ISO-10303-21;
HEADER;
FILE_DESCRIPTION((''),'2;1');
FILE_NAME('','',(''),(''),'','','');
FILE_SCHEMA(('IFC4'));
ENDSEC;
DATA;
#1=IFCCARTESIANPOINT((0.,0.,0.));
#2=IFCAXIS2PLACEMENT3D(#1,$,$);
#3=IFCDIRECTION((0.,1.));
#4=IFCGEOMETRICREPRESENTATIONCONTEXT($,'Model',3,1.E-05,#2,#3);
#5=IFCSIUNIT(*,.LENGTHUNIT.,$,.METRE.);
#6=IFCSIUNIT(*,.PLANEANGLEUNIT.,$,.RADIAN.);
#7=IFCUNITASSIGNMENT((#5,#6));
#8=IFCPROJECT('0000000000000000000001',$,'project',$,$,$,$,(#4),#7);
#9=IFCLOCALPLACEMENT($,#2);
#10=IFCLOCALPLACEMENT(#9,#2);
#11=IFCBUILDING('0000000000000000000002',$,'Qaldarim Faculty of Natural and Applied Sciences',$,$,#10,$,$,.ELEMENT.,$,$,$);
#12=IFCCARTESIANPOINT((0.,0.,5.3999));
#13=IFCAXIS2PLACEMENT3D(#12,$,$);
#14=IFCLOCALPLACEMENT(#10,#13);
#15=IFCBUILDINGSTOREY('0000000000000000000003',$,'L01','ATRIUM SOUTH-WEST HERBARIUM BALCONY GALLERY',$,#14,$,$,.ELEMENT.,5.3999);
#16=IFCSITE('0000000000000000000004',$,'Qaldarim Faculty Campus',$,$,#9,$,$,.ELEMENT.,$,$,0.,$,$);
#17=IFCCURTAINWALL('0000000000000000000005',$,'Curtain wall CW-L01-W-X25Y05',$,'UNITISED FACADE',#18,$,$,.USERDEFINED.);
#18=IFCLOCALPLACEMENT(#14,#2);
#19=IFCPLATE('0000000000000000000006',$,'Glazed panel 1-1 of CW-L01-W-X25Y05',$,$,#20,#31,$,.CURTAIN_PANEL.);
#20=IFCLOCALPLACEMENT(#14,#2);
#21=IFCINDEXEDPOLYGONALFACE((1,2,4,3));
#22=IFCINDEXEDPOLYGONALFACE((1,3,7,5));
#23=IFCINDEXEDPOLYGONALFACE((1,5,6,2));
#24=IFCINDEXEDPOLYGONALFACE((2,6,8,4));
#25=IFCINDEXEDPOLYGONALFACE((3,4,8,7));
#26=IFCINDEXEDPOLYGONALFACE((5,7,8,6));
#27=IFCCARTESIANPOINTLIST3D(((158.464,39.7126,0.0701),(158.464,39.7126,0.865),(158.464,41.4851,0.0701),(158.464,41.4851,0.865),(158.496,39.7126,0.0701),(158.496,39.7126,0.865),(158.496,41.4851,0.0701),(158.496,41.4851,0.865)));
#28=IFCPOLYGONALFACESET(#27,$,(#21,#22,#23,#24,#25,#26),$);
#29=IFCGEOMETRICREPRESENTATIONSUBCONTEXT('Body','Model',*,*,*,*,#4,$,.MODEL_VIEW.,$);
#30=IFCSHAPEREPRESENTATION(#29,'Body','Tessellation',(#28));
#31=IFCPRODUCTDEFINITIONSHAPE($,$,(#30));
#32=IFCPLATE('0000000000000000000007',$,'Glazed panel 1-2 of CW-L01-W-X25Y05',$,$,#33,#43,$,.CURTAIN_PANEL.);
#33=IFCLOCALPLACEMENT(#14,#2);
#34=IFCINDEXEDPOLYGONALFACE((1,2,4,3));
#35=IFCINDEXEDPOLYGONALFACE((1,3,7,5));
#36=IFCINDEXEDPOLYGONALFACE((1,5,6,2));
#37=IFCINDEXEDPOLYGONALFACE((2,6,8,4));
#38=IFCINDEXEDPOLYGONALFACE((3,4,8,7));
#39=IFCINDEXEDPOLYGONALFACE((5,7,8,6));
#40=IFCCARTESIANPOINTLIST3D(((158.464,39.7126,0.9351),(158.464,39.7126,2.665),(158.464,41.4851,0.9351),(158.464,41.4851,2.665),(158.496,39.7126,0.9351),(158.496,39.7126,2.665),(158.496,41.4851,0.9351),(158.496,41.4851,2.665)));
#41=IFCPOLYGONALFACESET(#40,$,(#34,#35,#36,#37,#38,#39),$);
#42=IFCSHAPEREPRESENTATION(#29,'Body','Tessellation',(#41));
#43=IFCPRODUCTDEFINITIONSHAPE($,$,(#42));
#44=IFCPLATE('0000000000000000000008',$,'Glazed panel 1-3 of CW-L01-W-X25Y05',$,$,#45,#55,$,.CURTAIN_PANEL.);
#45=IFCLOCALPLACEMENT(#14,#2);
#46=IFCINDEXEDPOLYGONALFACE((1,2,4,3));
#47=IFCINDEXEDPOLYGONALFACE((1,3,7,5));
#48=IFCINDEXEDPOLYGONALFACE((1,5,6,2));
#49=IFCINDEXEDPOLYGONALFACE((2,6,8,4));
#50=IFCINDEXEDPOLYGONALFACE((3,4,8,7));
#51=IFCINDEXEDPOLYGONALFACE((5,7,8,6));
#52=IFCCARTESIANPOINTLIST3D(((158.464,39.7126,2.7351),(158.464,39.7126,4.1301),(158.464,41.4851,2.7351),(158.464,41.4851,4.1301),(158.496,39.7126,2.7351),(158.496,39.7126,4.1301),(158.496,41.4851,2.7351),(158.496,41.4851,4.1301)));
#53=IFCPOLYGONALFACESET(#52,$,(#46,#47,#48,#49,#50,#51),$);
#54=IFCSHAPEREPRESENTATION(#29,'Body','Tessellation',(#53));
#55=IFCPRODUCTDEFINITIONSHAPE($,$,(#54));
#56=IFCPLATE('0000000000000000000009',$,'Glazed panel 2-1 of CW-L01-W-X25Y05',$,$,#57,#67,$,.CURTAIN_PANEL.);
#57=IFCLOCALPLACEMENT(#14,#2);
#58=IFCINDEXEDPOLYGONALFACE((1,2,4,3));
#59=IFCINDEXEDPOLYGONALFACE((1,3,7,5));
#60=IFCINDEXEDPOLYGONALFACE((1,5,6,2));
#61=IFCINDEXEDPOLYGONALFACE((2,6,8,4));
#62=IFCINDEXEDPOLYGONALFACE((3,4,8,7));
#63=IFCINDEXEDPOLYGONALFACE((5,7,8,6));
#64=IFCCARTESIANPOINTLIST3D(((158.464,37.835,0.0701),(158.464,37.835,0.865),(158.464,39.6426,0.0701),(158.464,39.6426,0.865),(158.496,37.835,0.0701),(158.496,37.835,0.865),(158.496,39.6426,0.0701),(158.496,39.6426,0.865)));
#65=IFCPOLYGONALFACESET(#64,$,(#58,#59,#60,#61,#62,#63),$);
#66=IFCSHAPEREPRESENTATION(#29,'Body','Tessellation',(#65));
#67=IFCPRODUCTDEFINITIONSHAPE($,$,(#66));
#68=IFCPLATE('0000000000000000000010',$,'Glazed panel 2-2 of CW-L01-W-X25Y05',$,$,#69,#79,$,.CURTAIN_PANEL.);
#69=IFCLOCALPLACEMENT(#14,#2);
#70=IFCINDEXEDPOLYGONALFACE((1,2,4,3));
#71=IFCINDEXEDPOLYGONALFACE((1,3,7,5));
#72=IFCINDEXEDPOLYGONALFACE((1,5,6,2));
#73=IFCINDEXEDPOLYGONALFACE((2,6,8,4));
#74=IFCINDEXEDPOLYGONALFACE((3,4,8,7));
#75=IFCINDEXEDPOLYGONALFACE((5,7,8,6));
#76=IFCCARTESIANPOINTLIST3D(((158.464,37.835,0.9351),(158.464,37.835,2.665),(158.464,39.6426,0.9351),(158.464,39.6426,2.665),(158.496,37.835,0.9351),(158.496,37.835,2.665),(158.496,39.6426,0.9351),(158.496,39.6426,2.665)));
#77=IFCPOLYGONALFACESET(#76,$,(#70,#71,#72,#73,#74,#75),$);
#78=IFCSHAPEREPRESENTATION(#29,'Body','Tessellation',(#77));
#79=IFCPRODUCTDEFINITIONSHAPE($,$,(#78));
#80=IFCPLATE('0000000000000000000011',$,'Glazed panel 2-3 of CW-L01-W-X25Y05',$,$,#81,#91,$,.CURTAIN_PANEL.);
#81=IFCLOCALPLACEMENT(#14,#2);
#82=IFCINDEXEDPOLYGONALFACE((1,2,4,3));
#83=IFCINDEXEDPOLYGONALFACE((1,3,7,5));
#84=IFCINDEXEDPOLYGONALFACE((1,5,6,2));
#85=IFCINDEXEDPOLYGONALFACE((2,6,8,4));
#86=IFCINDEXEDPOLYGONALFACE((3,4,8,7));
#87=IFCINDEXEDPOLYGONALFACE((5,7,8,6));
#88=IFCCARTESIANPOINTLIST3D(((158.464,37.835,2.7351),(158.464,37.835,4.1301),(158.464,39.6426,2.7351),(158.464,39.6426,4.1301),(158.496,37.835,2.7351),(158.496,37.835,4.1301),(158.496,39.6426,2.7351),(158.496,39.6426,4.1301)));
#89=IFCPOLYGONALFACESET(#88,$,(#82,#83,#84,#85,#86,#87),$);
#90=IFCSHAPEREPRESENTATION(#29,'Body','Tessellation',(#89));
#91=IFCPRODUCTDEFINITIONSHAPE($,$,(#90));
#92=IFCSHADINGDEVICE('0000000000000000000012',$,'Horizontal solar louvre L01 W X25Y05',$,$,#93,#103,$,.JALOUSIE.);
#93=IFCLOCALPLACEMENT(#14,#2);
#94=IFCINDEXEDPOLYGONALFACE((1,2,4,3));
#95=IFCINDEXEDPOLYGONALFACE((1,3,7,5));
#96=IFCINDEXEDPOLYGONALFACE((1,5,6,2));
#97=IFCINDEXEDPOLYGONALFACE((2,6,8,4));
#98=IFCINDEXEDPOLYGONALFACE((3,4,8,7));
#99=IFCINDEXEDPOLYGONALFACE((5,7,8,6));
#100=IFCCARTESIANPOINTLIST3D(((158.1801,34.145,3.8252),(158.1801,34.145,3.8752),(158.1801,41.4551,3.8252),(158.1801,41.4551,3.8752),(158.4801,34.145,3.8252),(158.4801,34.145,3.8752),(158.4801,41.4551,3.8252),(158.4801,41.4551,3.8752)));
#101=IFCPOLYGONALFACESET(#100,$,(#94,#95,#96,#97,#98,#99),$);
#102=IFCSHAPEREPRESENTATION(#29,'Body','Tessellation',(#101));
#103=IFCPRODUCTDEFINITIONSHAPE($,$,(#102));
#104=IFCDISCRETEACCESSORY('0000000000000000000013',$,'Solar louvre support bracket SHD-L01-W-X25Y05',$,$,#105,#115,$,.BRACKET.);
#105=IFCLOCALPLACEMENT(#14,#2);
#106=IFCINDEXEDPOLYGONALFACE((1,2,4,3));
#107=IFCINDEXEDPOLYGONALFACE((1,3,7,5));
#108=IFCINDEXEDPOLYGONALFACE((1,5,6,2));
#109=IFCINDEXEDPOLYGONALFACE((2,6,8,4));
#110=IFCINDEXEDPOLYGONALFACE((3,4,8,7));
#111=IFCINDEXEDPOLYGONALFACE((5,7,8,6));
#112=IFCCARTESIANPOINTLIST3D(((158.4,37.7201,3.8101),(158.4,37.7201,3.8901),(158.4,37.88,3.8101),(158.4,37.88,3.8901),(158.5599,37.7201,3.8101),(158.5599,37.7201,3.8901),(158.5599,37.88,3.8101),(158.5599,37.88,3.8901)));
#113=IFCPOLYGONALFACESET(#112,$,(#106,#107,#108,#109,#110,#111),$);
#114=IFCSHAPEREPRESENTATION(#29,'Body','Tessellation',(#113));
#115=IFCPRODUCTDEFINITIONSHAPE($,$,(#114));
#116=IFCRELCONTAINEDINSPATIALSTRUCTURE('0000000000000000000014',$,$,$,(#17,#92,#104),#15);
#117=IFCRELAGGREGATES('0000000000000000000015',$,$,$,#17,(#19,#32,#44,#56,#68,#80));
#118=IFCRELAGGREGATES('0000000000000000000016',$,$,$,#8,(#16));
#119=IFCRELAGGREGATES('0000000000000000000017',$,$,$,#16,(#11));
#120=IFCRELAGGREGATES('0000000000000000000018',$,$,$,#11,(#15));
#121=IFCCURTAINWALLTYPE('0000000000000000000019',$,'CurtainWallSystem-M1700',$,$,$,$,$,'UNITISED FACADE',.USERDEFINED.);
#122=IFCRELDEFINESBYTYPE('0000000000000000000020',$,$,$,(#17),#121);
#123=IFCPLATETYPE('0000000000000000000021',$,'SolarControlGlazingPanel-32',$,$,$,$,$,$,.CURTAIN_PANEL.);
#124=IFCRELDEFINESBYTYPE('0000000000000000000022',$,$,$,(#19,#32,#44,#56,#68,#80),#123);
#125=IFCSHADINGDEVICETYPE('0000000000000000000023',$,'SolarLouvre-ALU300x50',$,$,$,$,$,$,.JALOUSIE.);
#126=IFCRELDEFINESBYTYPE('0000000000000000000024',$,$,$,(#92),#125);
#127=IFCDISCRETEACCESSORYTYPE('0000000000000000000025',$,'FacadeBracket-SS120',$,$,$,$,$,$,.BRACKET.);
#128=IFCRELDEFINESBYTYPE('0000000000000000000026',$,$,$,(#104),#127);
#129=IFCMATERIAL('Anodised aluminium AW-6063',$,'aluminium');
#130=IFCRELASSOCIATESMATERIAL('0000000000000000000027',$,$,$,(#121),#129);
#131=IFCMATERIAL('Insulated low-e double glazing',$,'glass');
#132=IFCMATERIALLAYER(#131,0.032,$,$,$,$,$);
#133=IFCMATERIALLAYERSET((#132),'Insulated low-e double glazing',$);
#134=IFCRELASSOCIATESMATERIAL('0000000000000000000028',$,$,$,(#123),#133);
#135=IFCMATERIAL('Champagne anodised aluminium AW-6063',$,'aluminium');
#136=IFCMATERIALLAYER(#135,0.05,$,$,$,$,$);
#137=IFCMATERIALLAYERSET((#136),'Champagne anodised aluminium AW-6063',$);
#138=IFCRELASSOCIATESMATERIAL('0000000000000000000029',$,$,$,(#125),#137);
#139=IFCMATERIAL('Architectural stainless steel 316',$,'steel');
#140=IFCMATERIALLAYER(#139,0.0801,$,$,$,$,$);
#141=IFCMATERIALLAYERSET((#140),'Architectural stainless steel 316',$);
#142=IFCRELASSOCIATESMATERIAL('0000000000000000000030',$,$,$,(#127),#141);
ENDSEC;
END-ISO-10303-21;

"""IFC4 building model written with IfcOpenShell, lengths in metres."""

from ifc_helpers import new_model, si_unit, direction, frame, origin, origin_2d, place, context, subcontext, project, spatial, rectangle, extrude, material, layer, layer_set, type_object, element, aggregate, save


model = new_model("IFC4")

# Units and contexts
model_context = context("Model", 3, precision=1e-05, world=origin(), true_north=direction((0.0, 1.0)))
body_context = subcontext(model_context, "Body", "Model", "MODEL_VIEW")
ifc_project = project(units=[si_unit("LENGTHUNIT", "METRE"), si_unit("PLANEANGLEUNIT", "RADIAN")], contexts=[model_context])

# Site, building, storey
site_placement = place(None, origin())
site = spatial("IfcSite", under=ifc_project, at=site_placement, Name="Qaldarim Faculty Campus", CompositionType="ELEMENT", RefElevation=0.0)
building_placement = place(site_placement, origin())
building = spatial("IfcBuilding", under=site, at=building_placement, Name="Qaldarim Faculty of Natural and Applied Sciences", CompositionType="ELEMENT")
storey_placement = place(building_placement, frame((0.0, 0.0, 5.3999)))
storey = spatial("IfcBuildingStorey", under=building, at=storey_placement, Name="L01", Description="ATRIUM SOUTH-WEST HERBARIUM BALCONY GALLERY", CompositionType="ELEMENT", Elevation=5.3999)

# Curtain wall
ifc_material_1 = material(Name="Anodised aluminium AW-6063", Category="aluminium")
curtain_wall_type = type_object("IfcCurtainWallType", Name="CurtainWallSystem-M1700", ElementType="UNITISED FACADE", PredefinedType="USERDEFINED", material=ifc_material_1)
curtain_wall_placement = place(storey_placement, origin())
curtain_wall = element("IfcCurtainWall", 1, at=curtain_wall_placement, inside=storey, type_object=curtain_wall_type, Name="Curtain wall CW-L01-W-X25Y05", ObjectType="UNITISED FACADE", PredefinedType="USERDEFINED")

# Plates
ifc_material_2 = material(Name="Insulated low-e double glazing", Category="glass")
ifc_layer_1 = layer(ifc_material_2, 0.032)
ifc_layer_set_1 = layer_set([ifc_layer_1], Name="Insulated low-e double glazing")
plate_type = type_object("IfcPlateType", Name="SolarControlGlazingPanel-32", PredefinedType="CURTAIN_PANEL", material=ifc_layer_set_1)
plate_1_placement = place(storey_placement, frame((158.48, 40.5989, 0.0701), z_axis=(0.0, 0.0, 1.0), x_axis=(0.0, -1.0, 0.0)))
plate_1 = element("IfcPlate", 2, at=plate_1_placement, type_object=plate_type, Name="Glazed panel 1-1 of CW-L01-W-X25Y05", PredefinedType="CURTAIN_PANEL", context=body_context, shape_type="SweptSolid", body=[
    extrude(rectangle(XDim=1.7725, YDim=0.032, at=origin_2d()), origin(), (0.0, 0.0, 1.0), 0.7949),
])
plate_2_placement = place(storey_placement, frame((158.48, 40.5989, 0.9351), z_axis=(0.0, 0.0, 1.0), x_axis=(0.0, -1.0, 0.0)))
plate_2 = element("IfcPlate", 3, at=plate_2_placement, type_object=plate_type, Name="Glazed panel 1-2 of CW-L01-W-X25Y05", PredefinedType="CURTAIN_PANEL", context=body_context, shape_type="SweptSolid", body=[
    extrude(rectangle(XDim=1.7725, YDim=0.032, at=origin_2d()), origin(), (0.0, 0.0, 1.0), 1.73),
])
plate_3_placement = place(storey_placement, frame((158.48, 40.5989, 2.7351), z_axis=(0.0, 0.0, 1.0), x_axis=(0.0, -1.0, 0.0)))
plate_3 = element("IfcPlate", 4, at=plate_3_placement, type_object=plate_type, Name="Glazed panel 1-3 of CW-L01-W-X25Y05", PredefinedType="CURTAIN_PANEL", context=body_context, shape_type="SweptSolid", body=[
    extrude(rectangle(XDim=1.7725, YDim=0.032, at=origin_2d()), origin(), (0.0, 0.0, 1.0), 1.395),
])
plate_4_placement = place(storey_placement, frame((158.48, 38.7388, 0.0701), z_axis=(0.0, 0.0, 1.0), x_axis=(0.0, -1.0, 0.0)))
plate_4 = element("IfcPlate", 5, at=plate_4_placement, type_object=plate_type, Name="Glazed panel 2-1 of CW-L01-W-X25Y05", PredefinedType="CURTAIN_PANEL", context=body_context, shape_type="SweptSolid", body=[
    extrude(rectangle(XDim=1.8076, YDim=0.032, at=origin_2d()), origin(), (0.0, 0.0, 1.0), 0.7949),
])
plate_5_placement = place(storey_placement, frame((158.48, 38.7388, 0.9351), z_axis=(0.0, 0.0, 1.0), x_axis=(0.0, -1.0, 0.0)))
plate_5 = element("IfcPlate", 6, at=plate_5_placement, type_object=plate_type, Name="Glazed panel 2-2 of CW-L01-W-X25Y05", PredefinedType="CURTAIN_PANEL", context=body_context, shape_type="SweptSolid", body=[
    extrude(rectangle(XDim=1.8076, YDim=0.032, at=origin_2d()), origin(), (0.0, 0.0, 1.0), 1.73),
])
plate_6_placement = place(storey_placement, frame((158.48, 38.7388, 2.7351), z_axis=(0.0, 0.0, 1.0), x_axis=(0.0, -1.0, 0.0)))
plate_6 = element("IfcPlate", 7, at=plate_6_placement, type_object=plate_type, Name="Glazed panel 2-3 of CW-L01-W-X25Y05", PredefinedType="CURTAIN_PANEL", context=body_context, shape_type="SweptSolid", body=[
    extrude(rectangle(XDim=1.8076, YDim=0.032, at=origin_2d()), origin(), (0.0, 0.0, 1.0), 1.395),
])
aggregate(curtain_wall, [plate_1, plate_2, plate_3, plate_4, plate_5, plate_6])

# Shading device
ifc_material_3 = material(Name="Champagne anodised aluminium AW-6063", Category="aluminium")
ifc_layer_2 = layer(ifc_material_3, 0.05)
ifc_layer_set_2 = layer_set([ifc_layer_2], Name="Champagne anodised aluminium AW-6063")
shading_device_type = type_object("IfcShadingDeviceType", Name="SolarLouvre-ALU300x50", PredefinedType="JALOUSIE", material=ifc_layer_set_2)
shading_device_placement = place(storey_placement, frame((158.3301, 37.8, 3.8252), z_axis=(0.0, 0.0, 1.0), x_axis=(0.0, 1.0, 0.0)))
element("IfcShadingDevice", 8, at=shading_device_placement, inside=storey, type_object=shading_device_type, Name="Horizontal solar louvre L01 W X25Y05", PredefinedType="JALOUSIE", context=body_context, shape_type="SweptSolid", body=[
    extrude(rectangle(XDim=7.3101, YDim=0.3, at=origin_2d()), origin(), (0.0, 0.0, 1.0), 0.05),
])

# Discrete accessory
ifc_material_4 = material(Name="Architectural stainless steel 316", Category="steel")
ifc_layer_3 = layer(ifc_material_4, 0.0801)
ifc_layer_set_3 = layer_set([ifc_layer_3], Name="Architectural stainless steel 316")
discrete_accessory_type = type_object("IfcDiscreteAccessoryType", Name="FacadeBracket-SS120", PredefinedType="BRACKET", material=ifc_layer_set_3)
discrete_accessory_placement = place(storey_placement, frame((158.48, 37.8, 3.8101), z_axis=(0.0, 0.0, 1.0), x_axis=(0.0, 1.0, 0.0)))
element("IfcDiscreteAccessory", 9, at=discrete_accessory_placement, inside=storey, type_object=discrete_accessory_type, Name="Solar louvre support bracket SHD-L01-W-X25Y05", PredefinedType="BRACKET", context=body_context, shape_type="SweptSolid", body=[
    extrude(rectangle(XDim=0.1599, YDim=0.1599, at=origin_2d()), origin(), (0.0, 0.0, 1.0), 0.0801),
])

save(model, "model.ifc")
